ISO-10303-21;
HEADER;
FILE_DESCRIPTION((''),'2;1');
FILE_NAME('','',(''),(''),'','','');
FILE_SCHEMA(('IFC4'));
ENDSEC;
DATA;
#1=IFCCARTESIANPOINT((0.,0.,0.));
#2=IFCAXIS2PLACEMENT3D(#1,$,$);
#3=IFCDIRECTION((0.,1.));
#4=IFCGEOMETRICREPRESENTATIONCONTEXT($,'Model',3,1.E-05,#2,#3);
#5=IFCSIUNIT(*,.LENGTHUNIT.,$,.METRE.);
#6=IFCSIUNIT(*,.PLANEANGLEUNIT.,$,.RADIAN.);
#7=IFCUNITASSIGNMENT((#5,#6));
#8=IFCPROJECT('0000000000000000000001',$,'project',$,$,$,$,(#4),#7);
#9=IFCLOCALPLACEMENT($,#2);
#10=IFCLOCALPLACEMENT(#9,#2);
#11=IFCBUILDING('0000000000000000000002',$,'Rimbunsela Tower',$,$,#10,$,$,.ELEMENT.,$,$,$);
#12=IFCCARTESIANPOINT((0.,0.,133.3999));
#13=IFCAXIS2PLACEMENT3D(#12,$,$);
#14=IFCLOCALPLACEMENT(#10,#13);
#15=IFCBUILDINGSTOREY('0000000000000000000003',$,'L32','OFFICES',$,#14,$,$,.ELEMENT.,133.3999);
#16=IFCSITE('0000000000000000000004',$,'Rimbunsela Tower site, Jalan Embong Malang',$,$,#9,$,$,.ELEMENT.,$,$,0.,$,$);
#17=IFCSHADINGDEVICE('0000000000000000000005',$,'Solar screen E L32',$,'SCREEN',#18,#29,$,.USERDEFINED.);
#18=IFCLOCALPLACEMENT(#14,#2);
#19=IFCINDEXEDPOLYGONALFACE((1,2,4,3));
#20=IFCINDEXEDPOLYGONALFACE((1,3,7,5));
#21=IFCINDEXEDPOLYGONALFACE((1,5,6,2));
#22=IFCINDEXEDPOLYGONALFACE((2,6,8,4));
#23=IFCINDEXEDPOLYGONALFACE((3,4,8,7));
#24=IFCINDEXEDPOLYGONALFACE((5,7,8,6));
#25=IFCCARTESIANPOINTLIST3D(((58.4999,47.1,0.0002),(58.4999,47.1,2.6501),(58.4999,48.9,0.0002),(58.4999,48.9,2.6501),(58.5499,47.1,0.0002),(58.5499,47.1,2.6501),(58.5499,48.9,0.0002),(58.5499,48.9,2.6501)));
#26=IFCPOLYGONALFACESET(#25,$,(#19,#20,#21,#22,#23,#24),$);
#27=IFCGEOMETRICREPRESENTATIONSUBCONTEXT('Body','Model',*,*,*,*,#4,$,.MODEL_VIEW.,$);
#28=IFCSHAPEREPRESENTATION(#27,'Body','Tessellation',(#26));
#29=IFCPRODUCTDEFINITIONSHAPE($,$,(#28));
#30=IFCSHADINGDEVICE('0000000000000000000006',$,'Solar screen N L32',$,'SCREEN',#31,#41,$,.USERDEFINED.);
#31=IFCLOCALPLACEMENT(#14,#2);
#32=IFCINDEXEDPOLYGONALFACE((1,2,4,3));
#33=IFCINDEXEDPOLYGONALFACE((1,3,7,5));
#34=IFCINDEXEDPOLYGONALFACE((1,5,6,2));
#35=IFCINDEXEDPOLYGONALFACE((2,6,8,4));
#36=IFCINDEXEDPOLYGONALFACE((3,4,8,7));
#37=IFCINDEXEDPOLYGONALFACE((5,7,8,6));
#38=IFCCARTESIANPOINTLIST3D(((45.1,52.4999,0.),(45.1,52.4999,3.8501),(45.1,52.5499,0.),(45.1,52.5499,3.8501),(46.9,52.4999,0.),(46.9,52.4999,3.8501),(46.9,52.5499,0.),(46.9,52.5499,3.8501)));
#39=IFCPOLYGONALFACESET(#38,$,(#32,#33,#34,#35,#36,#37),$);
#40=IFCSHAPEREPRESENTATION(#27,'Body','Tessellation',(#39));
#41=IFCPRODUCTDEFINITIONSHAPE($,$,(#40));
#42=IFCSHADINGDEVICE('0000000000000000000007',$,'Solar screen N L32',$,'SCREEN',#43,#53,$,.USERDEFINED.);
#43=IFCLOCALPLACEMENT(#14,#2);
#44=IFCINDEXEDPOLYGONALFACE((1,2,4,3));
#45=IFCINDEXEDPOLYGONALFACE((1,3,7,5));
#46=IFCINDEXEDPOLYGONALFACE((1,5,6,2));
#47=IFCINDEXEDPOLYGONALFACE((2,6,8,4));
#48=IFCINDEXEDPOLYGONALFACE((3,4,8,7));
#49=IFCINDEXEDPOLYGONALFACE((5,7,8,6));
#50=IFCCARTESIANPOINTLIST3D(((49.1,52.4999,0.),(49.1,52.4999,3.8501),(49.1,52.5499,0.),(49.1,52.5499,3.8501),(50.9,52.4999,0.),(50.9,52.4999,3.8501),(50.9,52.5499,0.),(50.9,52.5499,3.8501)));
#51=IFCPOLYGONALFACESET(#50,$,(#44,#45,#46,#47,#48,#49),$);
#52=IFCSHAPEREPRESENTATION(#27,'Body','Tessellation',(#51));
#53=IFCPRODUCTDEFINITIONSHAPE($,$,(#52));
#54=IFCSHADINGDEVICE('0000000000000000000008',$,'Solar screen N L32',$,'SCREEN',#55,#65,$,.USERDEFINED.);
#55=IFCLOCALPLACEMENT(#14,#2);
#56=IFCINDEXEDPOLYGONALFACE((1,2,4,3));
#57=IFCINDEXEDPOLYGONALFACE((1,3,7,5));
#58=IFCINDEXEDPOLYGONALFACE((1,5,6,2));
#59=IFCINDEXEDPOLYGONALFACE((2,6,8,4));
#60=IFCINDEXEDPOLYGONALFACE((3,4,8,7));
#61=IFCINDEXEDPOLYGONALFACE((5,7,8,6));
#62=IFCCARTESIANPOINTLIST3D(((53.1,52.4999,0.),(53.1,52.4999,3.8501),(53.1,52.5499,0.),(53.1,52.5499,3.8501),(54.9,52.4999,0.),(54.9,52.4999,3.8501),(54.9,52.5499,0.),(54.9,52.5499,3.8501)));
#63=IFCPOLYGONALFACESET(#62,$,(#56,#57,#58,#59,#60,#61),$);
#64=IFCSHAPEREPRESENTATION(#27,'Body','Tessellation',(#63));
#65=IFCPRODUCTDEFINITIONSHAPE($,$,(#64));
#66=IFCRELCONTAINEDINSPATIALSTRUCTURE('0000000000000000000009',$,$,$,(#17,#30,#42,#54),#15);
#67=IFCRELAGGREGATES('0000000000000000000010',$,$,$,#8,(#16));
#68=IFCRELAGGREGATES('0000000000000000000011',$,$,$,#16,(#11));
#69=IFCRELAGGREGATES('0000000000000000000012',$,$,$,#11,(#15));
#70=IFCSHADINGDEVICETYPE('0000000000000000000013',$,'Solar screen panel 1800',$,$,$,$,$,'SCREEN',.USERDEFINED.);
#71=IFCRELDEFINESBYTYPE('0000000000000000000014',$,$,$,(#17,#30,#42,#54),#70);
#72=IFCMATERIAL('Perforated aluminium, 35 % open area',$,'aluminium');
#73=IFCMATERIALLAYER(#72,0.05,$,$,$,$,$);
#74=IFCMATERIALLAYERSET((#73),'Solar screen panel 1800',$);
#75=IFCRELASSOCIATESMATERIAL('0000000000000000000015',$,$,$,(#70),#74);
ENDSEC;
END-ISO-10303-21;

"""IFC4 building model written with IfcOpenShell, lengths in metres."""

from ifc_helpers import new_model, si_unit, direction, frame, origin, origin_2d, place, context, subcontext, project, spatial, rectangle, extrude, material, layer, layer_set, type_object, element, save


model = new_model("IFC4")

# Units and contexts
model_context = context("Model", 3, precision=1e-05, world=origin(), true_north=direction((0.0, 1.0)))
body_context = subcontext(model_context, "Body", "Model", "MODEL_VIEW")
ifc_project = project(units=[si_unit("LENGTHUNIT", "METRE"), si_unit("PLANEANGLEUNIT", "RADIAN")], contexts=[model_context])

# Site, building, storey
site_placement = place(None, origin())
site = spatial("IfcSite", under=ifc_project, at=site_placement, Name="Rimbunsela Tower site, Jalan Embong Malang", CompositionType="ELEMENT", RefElevation=0.0)
building_placement = place(site_placement, origin())
building = spatial("IfcBuilding", under=site, at=building_placement, Name="Rimbunsela Tower", CompositionType="ELEMENT")
storey_placement = place(building_placement, frame((0.0, 0.0, 133.3999)))
storey = spatial("IfcBuildingStorey", under=building, at=storey_placement, Name="L32", Description="OFFICES", CompositionType="ELEMENT", Elevation=133.3999)

# Shading devices
ifc_material_1 = material(Name="Perforated aluminium, 35 % open area", Category="aluminium")
ifc_layer_1 = layer(ifc_material_1, 0.05)
ifc_layer_set_1 = layer_set([ifc_layer_1], Name="Solar screen panel 1800")
shading_device_type = type_object("IfcShadingDeviceType", Name="Solar screen panel 1800", ElementType="SCREEN", PredefinedType="USERDEFINED", material=ifc_layer_set_1)
shading_device_placement = place(storey_placement, frame((58.5249, 48.0, 0.0002), z_axis=(0.0, 0.0, 1.0), x_axis=(0.0, 1.0, 0.0)))
element("IfcShadingDevice", 1, at=shading_device_placement, inside=storey, type_object=shading_device_type, Name="Solar screen E L32", ObjectType="SCREEN", PredefinedType="USERDEFINED", context=body_context, shape_type="SweptSolid", body=[
    extrude(rectangle(XDim=1.8, YDim=0.05, at=origin_2d()), origin(), (0.0, 0.0, 1.0), 2.6499),
])
for number, where, z_axis, x_axis, name in (
    (2, (46.0, 52.5249, 0.0), (0.0, 0.0, 1.0), (1.0, 0.0, 0.0), "Solar screen N L32"),
    (3, (50.0, 52.5249, 0.0), (0.0, 0.0, 1.0), (1.0, 0.0, 0.0), "Solar screen N L32"),
    (4, (54.0, 52.5249, 0.0), (0.0, 0.0, 1.0), (1.0, 0.0, 0.0), "Solar screen N L32"),
):
    element("IfcShadingDevice", number, at=place(storey_placement, frame(where, z_axis=z_axis, x_axis=x_axis)), inside=storey, type_object=shading_device_type, Name=name, ObjectType="SCREEN", PredefinedType="USERDEFINED", context=body_context, shape_type="SweptSolid", body=[
        extrude(rectangle(XDim=1.8, YDim=0.05, at=origin_2d()), origin(), (0.0, 0.0, 1.0), 3.8501),
    ])

save(model, "model.ifc")
